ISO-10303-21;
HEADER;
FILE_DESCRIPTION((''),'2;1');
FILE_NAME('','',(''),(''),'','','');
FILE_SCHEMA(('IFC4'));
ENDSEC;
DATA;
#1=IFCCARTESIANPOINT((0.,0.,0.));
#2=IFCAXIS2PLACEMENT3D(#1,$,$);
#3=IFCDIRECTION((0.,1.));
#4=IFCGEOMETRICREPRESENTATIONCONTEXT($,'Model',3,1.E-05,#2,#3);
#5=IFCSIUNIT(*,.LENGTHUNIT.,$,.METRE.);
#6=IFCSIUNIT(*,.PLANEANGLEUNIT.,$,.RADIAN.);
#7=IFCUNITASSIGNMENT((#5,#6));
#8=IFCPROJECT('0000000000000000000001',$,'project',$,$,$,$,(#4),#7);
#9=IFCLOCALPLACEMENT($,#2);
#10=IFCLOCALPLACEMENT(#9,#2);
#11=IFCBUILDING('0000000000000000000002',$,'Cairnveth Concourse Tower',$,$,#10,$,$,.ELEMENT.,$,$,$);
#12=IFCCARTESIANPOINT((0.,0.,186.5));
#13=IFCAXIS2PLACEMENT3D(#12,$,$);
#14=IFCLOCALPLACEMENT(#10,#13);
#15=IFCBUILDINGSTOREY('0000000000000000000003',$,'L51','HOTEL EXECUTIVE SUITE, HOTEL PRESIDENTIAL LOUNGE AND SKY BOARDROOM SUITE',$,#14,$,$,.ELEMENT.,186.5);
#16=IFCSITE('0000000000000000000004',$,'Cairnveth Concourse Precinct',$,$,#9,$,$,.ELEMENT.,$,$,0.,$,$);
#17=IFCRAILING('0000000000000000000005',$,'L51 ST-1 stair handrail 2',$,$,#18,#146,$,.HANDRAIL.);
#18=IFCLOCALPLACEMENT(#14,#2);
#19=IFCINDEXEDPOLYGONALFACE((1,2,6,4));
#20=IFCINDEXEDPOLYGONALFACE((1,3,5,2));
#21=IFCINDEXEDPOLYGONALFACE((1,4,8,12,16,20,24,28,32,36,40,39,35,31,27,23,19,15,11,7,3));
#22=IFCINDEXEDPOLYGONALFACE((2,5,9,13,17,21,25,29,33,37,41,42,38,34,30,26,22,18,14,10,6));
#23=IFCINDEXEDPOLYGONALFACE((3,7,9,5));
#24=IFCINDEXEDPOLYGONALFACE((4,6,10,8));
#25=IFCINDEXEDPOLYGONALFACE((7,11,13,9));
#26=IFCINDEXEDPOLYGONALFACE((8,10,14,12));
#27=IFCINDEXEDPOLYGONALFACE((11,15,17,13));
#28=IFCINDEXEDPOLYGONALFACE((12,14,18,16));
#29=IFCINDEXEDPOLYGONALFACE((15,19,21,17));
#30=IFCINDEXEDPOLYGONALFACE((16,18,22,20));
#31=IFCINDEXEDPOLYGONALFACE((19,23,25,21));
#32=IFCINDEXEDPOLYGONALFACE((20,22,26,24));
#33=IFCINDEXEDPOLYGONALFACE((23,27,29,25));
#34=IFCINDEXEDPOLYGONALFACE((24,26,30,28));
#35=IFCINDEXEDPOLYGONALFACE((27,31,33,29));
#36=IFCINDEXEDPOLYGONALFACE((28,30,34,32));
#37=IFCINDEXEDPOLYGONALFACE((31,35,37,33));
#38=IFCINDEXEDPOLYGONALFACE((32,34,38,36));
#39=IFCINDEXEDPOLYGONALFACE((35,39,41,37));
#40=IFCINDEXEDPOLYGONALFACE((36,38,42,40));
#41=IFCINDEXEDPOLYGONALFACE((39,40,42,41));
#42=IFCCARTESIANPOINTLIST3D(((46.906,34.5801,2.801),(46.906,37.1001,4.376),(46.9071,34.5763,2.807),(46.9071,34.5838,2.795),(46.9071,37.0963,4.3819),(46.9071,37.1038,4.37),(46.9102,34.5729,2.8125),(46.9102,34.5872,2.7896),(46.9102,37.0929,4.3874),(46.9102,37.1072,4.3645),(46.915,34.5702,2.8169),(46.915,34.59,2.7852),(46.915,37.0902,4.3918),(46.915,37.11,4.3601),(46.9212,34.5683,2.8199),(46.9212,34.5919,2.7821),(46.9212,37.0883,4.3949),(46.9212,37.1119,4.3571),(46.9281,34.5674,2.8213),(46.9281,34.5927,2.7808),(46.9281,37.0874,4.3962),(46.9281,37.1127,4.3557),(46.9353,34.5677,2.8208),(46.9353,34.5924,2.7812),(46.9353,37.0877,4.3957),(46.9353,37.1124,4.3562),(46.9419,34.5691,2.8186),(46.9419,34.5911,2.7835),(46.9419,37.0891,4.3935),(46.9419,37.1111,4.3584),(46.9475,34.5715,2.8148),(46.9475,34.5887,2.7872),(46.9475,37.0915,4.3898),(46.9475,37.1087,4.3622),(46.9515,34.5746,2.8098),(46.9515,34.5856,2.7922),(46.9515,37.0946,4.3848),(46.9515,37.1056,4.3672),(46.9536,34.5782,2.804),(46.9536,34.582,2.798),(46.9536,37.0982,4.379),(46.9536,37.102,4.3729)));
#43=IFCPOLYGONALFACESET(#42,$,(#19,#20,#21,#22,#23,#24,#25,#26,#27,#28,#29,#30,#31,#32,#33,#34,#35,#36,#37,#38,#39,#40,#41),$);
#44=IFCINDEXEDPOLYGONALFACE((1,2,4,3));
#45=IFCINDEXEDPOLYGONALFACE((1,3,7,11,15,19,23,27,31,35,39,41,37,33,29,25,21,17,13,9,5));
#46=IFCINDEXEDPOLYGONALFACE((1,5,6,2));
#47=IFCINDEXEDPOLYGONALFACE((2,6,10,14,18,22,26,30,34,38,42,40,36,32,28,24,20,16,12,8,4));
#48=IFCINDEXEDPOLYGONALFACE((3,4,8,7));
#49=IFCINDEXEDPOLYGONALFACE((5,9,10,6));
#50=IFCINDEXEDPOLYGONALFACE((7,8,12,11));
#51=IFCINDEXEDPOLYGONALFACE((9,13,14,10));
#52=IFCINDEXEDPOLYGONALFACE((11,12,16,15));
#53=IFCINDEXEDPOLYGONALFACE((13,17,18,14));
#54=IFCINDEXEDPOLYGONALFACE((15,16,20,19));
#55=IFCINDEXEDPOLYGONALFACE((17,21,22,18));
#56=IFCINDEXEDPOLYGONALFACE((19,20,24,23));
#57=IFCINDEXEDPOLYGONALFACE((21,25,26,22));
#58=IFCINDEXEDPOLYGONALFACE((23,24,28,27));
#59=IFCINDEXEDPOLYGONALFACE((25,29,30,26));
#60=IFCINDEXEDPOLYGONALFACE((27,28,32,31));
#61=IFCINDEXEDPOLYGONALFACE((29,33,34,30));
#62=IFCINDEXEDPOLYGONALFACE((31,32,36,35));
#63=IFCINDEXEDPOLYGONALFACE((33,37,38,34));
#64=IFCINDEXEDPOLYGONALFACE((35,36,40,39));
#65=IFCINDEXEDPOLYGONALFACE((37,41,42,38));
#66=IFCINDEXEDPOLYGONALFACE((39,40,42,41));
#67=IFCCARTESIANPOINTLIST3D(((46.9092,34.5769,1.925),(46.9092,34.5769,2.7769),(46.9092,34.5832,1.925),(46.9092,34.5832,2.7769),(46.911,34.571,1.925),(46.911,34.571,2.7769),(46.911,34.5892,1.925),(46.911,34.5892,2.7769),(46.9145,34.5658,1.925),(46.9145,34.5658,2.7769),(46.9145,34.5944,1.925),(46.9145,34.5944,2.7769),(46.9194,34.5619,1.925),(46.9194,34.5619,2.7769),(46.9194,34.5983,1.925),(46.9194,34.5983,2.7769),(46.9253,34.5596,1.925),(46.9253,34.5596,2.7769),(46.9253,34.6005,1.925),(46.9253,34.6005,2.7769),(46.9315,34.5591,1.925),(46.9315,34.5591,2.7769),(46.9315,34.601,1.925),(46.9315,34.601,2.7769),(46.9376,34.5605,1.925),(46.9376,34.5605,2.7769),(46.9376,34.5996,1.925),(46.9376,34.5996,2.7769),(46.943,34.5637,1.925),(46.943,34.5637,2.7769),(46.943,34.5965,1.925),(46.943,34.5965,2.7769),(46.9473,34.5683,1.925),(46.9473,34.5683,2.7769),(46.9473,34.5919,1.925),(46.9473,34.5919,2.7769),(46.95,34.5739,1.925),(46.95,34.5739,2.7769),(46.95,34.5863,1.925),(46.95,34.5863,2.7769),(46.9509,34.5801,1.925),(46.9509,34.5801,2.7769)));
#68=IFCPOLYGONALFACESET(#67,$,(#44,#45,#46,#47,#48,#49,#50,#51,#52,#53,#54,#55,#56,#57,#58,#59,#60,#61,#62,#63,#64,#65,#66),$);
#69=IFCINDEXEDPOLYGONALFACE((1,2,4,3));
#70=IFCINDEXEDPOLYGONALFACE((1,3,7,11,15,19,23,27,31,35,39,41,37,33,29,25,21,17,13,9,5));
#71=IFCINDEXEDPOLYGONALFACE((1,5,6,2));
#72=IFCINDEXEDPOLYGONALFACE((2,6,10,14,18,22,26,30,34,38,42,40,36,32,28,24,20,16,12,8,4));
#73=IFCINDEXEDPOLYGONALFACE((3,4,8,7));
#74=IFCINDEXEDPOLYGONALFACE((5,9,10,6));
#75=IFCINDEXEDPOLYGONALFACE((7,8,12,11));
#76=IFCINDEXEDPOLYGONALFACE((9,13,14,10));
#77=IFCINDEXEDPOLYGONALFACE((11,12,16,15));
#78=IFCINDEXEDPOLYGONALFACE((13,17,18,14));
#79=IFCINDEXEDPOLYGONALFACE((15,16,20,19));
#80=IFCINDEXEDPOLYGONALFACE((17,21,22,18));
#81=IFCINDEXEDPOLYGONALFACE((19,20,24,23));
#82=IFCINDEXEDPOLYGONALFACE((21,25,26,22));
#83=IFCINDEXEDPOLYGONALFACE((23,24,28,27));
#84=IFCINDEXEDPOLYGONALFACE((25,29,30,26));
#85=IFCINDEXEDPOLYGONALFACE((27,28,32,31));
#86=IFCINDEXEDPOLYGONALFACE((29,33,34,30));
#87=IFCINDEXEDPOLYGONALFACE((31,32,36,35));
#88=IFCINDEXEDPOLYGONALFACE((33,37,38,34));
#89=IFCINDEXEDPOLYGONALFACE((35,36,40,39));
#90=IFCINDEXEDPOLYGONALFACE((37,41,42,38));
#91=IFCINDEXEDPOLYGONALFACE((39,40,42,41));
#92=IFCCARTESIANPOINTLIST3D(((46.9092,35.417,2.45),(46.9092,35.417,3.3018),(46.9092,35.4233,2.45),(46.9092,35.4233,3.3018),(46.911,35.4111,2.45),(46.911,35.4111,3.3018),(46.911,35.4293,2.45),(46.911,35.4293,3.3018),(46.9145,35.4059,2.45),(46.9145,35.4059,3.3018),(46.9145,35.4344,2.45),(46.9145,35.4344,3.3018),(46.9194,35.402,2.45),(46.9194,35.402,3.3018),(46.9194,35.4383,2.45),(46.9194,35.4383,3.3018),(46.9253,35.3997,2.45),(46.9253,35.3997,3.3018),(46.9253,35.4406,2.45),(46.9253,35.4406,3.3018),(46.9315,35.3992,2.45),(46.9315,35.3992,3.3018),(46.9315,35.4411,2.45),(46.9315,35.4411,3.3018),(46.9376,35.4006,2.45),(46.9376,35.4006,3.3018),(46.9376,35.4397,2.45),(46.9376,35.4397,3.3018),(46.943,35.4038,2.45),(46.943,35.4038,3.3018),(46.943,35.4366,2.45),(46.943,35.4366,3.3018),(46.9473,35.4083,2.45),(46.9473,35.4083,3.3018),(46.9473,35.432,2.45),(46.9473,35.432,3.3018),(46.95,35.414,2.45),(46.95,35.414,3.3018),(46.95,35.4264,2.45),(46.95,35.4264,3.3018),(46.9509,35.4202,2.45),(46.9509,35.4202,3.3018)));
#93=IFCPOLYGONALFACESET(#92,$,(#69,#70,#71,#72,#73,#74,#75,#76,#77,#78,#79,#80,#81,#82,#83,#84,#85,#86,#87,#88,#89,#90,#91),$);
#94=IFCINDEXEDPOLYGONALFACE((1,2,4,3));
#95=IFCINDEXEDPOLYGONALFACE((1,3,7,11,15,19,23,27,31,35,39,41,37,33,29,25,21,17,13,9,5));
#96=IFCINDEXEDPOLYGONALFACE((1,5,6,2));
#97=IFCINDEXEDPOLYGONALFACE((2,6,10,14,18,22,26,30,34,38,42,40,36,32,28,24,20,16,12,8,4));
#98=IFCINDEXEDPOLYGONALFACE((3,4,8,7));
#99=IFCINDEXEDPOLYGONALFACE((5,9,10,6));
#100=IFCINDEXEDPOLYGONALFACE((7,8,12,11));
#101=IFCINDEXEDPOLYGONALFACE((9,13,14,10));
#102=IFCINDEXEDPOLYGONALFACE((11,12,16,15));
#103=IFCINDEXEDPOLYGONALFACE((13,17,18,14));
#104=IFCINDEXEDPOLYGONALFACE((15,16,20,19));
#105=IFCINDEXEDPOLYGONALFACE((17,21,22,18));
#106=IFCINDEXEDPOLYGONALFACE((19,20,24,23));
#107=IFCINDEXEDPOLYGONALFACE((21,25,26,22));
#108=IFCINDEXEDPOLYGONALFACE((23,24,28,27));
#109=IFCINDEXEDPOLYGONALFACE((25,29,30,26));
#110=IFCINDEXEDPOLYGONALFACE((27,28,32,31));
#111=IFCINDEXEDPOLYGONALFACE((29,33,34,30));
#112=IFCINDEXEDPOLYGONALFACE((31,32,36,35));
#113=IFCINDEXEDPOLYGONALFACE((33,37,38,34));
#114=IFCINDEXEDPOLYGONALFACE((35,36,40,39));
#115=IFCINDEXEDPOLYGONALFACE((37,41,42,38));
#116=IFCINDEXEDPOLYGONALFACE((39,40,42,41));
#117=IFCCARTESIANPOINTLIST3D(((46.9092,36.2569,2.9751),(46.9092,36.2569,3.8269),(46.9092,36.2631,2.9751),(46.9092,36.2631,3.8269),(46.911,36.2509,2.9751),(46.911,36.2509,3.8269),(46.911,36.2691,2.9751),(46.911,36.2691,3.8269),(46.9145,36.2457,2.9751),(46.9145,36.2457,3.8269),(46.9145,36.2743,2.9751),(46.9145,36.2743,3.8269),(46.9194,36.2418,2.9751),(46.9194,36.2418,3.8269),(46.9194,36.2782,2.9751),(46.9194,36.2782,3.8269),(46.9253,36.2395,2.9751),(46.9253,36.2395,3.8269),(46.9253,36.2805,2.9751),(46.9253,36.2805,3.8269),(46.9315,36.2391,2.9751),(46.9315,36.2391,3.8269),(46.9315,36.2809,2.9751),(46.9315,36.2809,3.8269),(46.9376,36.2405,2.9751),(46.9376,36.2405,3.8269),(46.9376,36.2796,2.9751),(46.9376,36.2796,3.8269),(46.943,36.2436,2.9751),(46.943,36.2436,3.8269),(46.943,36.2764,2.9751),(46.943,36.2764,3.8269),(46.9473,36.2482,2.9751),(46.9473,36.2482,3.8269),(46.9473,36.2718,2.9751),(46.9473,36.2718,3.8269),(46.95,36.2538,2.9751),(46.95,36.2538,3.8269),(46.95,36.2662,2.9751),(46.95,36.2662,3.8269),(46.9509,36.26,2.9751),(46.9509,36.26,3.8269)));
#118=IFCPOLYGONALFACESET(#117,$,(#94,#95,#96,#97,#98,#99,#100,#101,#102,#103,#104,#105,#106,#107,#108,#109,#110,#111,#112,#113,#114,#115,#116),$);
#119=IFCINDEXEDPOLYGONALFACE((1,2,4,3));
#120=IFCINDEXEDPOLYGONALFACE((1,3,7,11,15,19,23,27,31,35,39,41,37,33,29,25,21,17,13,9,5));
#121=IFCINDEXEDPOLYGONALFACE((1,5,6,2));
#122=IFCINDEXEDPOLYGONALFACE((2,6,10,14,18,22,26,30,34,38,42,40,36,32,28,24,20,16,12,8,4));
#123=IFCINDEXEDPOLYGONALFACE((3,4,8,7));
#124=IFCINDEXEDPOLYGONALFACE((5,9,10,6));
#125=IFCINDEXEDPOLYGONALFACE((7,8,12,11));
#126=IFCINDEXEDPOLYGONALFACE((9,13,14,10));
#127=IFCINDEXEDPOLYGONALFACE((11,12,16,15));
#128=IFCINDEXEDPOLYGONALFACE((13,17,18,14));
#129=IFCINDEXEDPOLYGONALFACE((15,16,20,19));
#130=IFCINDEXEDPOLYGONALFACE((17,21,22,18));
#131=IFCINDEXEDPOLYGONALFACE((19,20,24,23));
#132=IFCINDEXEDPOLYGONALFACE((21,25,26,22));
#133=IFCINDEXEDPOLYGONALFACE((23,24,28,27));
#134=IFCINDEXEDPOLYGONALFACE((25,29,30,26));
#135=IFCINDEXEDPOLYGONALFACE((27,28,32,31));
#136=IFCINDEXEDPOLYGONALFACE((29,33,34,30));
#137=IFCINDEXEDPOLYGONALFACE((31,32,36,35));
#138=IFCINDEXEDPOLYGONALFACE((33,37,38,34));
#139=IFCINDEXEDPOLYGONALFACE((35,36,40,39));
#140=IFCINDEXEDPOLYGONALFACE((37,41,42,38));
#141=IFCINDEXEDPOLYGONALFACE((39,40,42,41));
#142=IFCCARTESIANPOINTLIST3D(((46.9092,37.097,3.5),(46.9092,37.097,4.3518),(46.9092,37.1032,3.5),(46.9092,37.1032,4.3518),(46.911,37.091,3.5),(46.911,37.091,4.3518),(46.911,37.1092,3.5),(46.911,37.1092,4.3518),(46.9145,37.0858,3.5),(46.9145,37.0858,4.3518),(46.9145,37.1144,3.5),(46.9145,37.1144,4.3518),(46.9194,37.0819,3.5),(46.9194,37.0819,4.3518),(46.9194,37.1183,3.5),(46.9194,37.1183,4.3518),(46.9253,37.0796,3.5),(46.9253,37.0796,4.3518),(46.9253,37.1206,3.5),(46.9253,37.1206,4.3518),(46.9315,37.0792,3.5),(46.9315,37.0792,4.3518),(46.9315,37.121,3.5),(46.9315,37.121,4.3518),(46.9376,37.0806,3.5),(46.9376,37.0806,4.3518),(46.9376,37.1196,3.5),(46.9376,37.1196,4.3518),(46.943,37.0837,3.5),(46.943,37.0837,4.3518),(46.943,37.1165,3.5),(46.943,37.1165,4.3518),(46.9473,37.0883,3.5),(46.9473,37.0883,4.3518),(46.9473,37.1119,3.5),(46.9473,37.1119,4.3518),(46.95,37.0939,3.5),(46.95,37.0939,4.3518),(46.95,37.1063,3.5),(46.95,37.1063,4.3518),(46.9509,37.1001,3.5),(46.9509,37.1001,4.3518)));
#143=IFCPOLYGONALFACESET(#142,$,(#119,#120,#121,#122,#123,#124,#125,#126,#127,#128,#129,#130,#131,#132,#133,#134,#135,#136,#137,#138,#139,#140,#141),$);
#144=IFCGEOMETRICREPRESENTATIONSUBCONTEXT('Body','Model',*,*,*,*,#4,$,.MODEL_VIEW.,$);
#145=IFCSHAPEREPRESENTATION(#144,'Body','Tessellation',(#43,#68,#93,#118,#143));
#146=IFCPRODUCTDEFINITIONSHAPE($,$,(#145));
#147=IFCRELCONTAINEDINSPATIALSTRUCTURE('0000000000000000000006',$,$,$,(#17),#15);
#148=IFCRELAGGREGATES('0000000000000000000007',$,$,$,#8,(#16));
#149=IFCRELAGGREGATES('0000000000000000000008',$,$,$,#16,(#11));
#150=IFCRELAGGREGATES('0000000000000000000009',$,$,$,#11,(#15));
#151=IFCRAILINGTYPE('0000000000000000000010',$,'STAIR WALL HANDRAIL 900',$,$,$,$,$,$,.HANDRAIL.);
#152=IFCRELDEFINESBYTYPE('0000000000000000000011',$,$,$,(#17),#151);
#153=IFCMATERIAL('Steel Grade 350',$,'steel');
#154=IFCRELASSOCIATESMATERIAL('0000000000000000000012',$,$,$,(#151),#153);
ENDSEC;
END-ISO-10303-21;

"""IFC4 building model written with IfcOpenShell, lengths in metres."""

from ifc_helpers import new_model, si_unit, direction, frame, origin, origin_2d, place, context, subcontext, project, spatial, circle, extrude, material, type_object, element, save


model = new_model("IFC4")

# Units and contexts
model_context = context("Model", 3, precision=1e-05, world=origin(), true_north=direction((0.0, 1.0)))
body_context = subcontext(model_context, "Body", "Model", "MODEL_VIEW")
ifc_project = project(units=[si_unit("LENGTHUNIT", "METRE"), si_unit("PLANEANGLEUNIT", "RADIAN")], contexts=[model_context])

# Site, building, storey
site_placement = place(None, origin())
site = spatial("IfcSite", under=ifc_project, at=site_placement, Name="Cairnveth Concourse Precinct", CompositionType="ELEMENT", RefElevation=0.0)
building_placement = place(site_placement, origin())
building = spatial("IfcBuilding", under=site, at=building_placement, Name="Cairnveth Concourse Tower", CompositionType="ELEMENT")
storey_placement = place(building_placement, frame((0.0, 0.0, 186.5)))
storey = spatial("IfcBuildingStorey", under=building, at=storey_placement, Name="L51", Description="HOTEL EXECUTIVE SUITE, HOTEL PRESIDENTIAL LOUNGE AND SKY BOARDROOM SUITE", CompositionType="ELEMENT", Elevation=186.5)

# Shared definitions
ifc_material_1 = material(Name="Steel Grade 350", Category="steel")

# Railing
railing_type_1 = type_object("IfcRailingType", Name="STAIR WALL HANDRAIL 900", PredefinedType="HANDRAIL", material=ifc_material_1)
railing_1_placement = place(storey_placement, frame((46.9299, 34.5801, 1.925)))
element("IfcRailing", 1, at=railing_1_placement, inside=storey, type_object=railing_type_1, Name="L51 ST-1 stair handrail 2", PredefinedType="HANDRAIL", context=body_context, shape_type="SweptSolid", body=[
    extrude(circle(Radius=0.0239, at=origin_2d()), frame((0.0, 0.0, 0.876), z_axis=(0.0, 0.848008, 0.529984), x_axis=(-1.0, 0.0, 0.0)), (0.0, 0.0, 1.0), 2.9717),
    extrude(circle(Radius=0.021, at=origin_2d()), origin(), (0.0, 0.0, 1.0), 0.8518),
    extrude(circle(Radius=0.021, at=origin_2d()), frame((0.0, 0.8401, 0.5249)), (0.0, 0.0, 1.0), 0.8518),
    extrude(circle(Radius=0.021, at=origin_2d()), frame((0.0, 1.6799, 1.05)), (0.0, 0.0, 1.0), 0.8518),
    extrude(circle(Radius=0.021, at=origin_2d()), frame((0.0, 2.52, 1.575)), (0.0, 0.0, 1.0), 0.8518),
])

save(model, "model.ifc")
